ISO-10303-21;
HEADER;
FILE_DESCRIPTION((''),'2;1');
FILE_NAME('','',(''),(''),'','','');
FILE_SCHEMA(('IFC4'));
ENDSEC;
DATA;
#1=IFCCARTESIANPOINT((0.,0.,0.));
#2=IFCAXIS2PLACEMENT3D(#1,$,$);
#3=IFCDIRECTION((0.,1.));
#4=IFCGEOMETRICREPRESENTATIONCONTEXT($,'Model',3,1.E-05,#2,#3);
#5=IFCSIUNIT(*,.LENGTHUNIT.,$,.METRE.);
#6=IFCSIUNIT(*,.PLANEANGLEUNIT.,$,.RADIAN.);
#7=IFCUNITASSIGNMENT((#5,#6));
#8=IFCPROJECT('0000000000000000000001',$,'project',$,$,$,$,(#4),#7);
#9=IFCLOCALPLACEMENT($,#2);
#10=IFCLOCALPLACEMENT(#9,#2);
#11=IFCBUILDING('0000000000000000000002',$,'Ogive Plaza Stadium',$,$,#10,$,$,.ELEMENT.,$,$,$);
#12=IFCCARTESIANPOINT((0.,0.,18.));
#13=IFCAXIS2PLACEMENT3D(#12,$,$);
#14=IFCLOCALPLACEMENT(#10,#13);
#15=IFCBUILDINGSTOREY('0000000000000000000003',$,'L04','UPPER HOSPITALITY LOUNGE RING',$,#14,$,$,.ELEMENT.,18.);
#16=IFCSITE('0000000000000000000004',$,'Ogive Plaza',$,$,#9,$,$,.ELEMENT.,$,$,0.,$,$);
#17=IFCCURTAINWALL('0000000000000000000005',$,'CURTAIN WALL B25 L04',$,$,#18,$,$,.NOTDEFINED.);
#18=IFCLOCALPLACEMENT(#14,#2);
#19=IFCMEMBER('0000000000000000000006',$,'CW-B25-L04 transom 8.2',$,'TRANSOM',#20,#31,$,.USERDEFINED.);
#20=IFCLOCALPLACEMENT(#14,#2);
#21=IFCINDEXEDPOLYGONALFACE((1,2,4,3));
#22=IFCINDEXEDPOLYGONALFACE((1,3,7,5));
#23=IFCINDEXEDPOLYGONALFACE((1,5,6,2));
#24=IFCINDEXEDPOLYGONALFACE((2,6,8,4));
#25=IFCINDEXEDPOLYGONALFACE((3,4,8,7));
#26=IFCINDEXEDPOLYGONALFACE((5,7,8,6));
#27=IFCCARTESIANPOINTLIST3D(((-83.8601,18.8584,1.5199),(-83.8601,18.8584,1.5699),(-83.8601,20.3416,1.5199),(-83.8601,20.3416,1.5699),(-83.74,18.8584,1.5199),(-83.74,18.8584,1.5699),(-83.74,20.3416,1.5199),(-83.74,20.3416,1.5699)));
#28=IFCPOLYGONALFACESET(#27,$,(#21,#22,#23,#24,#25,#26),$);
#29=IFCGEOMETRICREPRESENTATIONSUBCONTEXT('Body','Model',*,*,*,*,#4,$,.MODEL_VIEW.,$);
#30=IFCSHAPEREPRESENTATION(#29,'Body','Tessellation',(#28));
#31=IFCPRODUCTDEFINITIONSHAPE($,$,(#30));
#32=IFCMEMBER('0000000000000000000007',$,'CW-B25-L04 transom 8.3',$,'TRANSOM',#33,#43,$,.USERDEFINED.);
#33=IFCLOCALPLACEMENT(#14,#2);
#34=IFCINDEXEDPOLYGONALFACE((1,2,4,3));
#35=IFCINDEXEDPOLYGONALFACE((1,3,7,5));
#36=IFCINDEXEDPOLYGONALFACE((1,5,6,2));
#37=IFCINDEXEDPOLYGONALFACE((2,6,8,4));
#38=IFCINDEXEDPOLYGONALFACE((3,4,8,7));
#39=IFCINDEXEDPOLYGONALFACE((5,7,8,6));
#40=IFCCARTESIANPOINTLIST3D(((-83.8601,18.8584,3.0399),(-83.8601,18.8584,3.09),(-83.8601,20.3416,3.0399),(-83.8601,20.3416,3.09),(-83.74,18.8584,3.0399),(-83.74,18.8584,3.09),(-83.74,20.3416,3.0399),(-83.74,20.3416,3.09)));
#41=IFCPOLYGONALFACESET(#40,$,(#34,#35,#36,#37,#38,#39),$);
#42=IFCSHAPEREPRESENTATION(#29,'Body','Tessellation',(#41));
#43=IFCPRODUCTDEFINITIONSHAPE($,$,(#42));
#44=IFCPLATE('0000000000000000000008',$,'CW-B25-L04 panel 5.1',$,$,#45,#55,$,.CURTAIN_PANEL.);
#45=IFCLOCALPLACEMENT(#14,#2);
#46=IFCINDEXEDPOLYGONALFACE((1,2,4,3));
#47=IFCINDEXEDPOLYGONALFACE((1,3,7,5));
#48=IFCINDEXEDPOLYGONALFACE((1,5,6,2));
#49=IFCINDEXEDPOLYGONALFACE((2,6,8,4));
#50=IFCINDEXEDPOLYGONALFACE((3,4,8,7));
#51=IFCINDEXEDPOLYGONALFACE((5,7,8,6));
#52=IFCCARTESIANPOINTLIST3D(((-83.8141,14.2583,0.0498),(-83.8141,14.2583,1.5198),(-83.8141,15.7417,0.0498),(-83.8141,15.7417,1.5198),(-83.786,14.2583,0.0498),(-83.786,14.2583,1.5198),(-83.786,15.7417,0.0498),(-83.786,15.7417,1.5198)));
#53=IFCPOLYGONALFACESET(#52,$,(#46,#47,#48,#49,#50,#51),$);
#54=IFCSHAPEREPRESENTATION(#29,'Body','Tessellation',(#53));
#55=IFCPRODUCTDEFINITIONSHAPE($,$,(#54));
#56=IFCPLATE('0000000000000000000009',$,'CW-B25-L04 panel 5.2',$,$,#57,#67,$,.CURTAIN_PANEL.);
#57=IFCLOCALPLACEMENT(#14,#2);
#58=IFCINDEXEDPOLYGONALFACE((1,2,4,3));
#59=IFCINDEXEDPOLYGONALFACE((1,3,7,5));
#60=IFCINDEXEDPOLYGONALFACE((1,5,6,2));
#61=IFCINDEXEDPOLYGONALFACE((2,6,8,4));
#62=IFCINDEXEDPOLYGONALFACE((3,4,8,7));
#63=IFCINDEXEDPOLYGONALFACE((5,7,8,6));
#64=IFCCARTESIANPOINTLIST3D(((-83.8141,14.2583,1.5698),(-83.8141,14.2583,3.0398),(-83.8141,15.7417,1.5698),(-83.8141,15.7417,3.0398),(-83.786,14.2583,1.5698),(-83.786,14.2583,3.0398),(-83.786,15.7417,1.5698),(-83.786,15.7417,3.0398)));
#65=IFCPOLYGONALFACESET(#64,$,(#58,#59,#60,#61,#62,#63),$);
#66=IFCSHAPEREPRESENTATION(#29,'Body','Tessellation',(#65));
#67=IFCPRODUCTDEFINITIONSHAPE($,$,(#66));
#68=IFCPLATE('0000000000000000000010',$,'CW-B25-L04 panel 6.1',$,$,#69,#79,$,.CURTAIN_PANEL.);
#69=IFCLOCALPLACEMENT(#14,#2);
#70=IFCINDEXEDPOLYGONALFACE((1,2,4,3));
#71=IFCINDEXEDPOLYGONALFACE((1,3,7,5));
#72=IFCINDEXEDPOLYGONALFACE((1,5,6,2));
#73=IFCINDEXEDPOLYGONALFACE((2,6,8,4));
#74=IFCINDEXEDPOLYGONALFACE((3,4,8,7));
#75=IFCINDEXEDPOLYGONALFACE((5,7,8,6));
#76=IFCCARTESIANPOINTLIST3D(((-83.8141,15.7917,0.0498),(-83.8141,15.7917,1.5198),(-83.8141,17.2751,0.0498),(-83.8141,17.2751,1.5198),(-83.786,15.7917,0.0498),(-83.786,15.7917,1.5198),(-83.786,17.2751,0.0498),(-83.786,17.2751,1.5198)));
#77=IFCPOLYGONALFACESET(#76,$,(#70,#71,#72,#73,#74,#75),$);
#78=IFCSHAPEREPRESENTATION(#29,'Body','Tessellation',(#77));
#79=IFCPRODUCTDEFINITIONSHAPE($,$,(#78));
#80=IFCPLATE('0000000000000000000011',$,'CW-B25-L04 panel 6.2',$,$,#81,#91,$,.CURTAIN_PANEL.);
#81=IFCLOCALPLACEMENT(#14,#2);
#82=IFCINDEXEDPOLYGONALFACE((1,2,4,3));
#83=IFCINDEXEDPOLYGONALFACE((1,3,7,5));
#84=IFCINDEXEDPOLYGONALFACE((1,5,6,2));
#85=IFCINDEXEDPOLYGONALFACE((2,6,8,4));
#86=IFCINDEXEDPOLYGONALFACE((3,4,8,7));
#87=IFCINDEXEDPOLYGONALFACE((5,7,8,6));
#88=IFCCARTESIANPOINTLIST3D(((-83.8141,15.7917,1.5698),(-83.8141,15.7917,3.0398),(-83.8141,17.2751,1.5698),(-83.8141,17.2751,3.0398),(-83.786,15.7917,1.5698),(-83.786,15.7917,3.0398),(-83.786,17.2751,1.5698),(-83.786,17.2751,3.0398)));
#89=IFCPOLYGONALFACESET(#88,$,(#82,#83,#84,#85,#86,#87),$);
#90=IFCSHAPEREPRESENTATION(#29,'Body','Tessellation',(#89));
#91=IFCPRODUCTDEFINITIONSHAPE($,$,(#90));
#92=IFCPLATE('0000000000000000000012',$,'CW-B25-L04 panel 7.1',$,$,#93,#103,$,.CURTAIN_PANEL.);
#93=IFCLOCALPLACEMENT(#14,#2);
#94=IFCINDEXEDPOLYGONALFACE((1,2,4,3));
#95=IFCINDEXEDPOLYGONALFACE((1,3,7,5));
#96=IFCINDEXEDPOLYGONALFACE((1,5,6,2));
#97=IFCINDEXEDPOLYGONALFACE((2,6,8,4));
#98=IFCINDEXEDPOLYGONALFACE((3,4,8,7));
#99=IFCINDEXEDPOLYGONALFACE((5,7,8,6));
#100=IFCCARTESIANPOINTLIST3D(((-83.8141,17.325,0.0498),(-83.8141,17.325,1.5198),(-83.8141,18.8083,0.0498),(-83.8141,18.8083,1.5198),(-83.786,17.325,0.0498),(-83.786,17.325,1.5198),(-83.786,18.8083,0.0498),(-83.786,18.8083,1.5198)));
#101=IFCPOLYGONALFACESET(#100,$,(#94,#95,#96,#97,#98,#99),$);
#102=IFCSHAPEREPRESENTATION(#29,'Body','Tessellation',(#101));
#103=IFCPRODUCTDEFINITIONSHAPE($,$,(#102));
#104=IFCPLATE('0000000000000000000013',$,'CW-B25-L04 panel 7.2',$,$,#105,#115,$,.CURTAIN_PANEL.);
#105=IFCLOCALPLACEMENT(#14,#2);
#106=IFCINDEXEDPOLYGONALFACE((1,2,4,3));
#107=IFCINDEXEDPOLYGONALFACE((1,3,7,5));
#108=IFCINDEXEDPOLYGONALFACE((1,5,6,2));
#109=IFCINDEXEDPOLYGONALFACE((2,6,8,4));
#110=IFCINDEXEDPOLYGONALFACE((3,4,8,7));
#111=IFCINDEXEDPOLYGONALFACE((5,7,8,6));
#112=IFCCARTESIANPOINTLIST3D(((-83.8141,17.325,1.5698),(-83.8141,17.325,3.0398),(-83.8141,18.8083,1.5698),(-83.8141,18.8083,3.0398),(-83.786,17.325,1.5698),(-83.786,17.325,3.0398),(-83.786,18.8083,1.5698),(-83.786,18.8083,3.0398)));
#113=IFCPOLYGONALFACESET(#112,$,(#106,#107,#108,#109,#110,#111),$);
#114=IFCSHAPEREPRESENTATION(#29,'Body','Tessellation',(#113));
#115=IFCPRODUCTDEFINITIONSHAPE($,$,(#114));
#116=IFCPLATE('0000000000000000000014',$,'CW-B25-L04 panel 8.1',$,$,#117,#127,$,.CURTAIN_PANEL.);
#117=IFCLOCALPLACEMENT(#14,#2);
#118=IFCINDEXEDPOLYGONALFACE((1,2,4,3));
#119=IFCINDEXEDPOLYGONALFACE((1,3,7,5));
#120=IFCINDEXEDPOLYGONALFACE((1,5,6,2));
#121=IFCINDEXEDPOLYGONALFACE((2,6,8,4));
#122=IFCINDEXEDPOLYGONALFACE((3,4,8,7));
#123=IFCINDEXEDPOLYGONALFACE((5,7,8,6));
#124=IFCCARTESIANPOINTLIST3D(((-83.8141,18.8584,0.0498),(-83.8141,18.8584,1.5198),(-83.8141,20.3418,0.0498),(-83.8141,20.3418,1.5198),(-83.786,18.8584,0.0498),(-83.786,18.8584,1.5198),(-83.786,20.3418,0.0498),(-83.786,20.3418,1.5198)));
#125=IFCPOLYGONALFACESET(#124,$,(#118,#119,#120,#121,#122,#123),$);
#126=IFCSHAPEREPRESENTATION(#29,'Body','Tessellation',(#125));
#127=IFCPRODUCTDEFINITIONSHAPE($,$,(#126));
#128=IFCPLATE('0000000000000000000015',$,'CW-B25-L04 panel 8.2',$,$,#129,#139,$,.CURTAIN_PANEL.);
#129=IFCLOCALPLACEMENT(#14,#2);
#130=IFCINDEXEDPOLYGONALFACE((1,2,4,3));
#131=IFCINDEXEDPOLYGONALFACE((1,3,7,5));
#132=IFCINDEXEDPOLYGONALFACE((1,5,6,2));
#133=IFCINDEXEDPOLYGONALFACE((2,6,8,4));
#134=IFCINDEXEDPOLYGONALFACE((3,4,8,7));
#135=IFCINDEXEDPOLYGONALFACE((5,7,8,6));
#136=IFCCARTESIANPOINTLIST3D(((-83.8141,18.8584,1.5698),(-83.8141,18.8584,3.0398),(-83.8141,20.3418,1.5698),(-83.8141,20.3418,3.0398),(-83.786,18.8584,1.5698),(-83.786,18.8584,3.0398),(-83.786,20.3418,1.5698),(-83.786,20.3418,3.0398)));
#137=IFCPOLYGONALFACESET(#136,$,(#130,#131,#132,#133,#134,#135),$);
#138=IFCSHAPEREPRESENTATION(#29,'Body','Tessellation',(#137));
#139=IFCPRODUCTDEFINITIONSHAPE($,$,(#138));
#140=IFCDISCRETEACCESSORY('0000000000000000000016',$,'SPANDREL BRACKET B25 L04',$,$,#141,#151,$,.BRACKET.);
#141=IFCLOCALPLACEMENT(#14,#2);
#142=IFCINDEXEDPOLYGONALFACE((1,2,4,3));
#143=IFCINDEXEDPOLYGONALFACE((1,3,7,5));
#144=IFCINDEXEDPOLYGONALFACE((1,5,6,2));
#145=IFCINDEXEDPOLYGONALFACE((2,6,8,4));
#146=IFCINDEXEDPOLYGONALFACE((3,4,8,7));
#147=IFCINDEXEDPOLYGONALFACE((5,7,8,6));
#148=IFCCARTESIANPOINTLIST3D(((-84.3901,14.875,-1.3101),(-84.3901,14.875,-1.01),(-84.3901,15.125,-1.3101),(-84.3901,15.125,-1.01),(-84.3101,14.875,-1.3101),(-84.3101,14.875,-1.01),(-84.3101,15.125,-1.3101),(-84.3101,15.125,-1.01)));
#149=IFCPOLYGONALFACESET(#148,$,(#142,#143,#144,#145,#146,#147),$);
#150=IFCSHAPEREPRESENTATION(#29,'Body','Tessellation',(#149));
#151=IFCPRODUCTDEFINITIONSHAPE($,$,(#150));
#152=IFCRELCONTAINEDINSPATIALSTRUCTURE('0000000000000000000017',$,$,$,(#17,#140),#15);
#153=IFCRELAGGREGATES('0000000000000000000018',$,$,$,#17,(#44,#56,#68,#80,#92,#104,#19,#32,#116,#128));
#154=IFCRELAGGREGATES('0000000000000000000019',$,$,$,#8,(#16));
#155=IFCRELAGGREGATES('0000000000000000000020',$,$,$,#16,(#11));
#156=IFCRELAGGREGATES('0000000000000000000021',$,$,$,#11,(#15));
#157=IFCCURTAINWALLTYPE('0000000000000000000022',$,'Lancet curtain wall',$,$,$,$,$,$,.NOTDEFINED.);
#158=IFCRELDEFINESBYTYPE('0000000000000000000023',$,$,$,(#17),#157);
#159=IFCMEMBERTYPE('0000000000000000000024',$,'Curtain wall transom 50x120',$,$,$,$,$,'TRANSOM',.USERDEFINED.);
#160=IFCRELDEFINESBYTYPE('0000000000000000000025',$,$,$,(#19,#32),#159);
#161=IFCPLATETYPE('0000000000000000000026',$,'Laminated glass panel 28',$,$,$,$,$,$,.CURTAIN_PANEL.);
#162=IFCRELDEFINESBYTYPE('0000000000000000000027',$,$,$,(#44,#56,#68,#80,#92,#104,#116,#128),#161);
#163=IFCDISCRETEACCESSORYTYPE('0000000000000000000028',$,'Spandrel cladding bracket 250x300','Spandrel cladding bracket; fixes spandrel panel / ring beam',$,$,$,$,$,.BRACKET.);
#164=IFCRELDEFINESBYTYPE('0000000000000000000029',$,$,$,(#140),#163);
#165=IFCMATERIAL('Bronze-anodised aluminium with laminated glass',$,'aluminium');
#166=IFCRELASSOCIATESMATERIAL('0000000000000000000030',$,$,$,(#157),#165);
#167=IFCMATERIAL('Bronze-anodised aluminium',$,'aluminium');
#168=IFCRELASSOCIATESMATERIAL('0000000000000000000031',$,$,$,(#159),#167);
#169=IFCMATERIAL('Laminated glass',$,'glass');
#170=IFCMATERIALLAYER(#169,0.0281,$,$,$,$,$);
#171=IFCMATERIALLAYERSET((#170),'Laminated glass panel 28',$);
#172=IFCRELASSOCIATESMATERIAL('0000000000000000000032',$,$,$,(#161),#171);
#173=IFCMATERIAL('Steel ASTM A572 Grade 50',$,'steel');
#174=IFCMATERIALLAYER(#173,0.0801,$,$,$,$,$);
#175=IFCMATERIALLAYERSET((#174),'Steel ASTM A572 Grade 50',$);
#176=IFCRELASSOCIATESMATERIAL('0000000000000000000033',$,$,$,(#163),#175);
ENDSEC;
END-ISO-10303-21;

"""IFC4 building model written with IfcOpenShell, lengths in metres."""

from ifc_helpers import new_model, si_unit, direction, frame, origin, origin_2d, place, context, subcontext, project, spatial, rectangle, extrude, material, layer, layer_set, material_profile, profile_set, type_object, element, aggregate, save


model = new_model("IFC4")

# Units and contexts
model_context = context("Model", 3, precision=1e-05, world=origin(), true_north=direction((0.0, 1.0)))
body_context = subcontext(model_context, "Body", "Model", "MODEL_VIEW")
ifc_project = project(units=[si_unit("LENGTHUNIT", "METRE"), si_unit("PLANEANGLEUNIT", "RADIAN")], contexts=[model_context])

# Site, building, storey
site_placement = place(None, origin())
site = spatial("IfcSite", under=ifc_project, at=site_placement, Name="Ogive Plaza", CompositionType="ELEMENT", RefElevation=0.0)
building_placement = place(site_placement, origin())
building = spatial("IfcBuilding", under=site, at=building_placement, Name="Ogive Plaza Stadium", CompositionType="ELEMENT")
storey_placement = place(building_placement, frame((0.0, 0.0, 18.0)))
storey = spatial("IfcBuildingStorey", under=building, at=storey_placement, Name="L04", Description="UPPER HOSPITALITY LOUNGE RING", CompositionType="ELEMENT", Elevation=18.0)

# Curtain wall, members, plates
ifc_material_1 = material(Name="Bronze-anodised aluminium with laminated glass", Category="aluminium")
curtain_wall_type = type_object("IfcCurtainWallType", Name="Lancet curtain wall", PredefinedType="NOTDEFINED", material=ifc_material_1)
curtain_wall_placement = place(storey_placement, origin())
curtain_wall = element("IfcCurtainWall", 1, at=curtain_wall_placement, inside=storey, type_object=curtain_wall_type, Name="CURTAIN WALL B25 L04", PredefinedType="NOTDEFINED")
ifc_material_2 = material(Name="Bronze-anodised aluminium", Category="aluminium")
ifc_material_profile_1 = material_profile(ifc_material_2, rectangle(XDim=0.1201, YDim=0.05, at=origin_2d()), Name="AL 120x50")
ifc_profile_set_1 = profile_set([ifc_material_profile_1], Name="Bronze-anodised aluminium")
member_type_1 = type_object("IfcMemberType", Name="Curtain wall transom 50x120", ElementType="TRANSOM", PredefinedType="USERDEFINED", material=ifc_profile_set_1)
member_1_placement = place(storey_placement, frame((-83.8, 18.8584, 1.5449), z_axis=(0.0, 1.0, 0.0), x_axis=(-1.0, 0.0, 0.0)))
member_1 = element("IfcMember", 2, at=member_1_placement, type_object=member_type_1, Name="CW-B25-L04 transom 8.2", ObjectType="TRANSOM", PredefinedType="USERDEFINED", context=body_context, shape_type="SweptSolid", body=[
    extrude(rectangle(XDim=0.1201, YDim=0.05, at=origin_2d()), origin(), (0.0, 0.0, 1.0), 1.4832),
])
member_2_placement = place(storey_placement, frame((-83.8, 18.8584, 3.0649), z_axis=(0.0, 1.0, 0.0), x_axis=(-1.0, 0.0, 0.0)))
member_2 = element("IfcMember", 3, at=member_2_placement, type_object=member_type_1, Name="CW-B25-L04 transom 8.3", ObjectType="TRANSOM", PredefinedType="USERDEFINED", context=body_context, shape_type="SweptSolid", body=[
    extrude(rectangle(XDim=0.1201, YDim=0.05, at=origin_2d()), origin(), (0.0, 0.0, 1.0), 1.4832),
])
ifc_material_3 = material(Name="Laminated glass", Category="glass")
ifc_layer_1 = layer(ifc_material_3, 0.0281)
ifc_layer_set_1 = layer_set([ifc_layer_1], Name="Laminated glass panel 28")
plate_type = type_object("IfcPlateType", Name="Laminated glass panel 28", PredefinedType="CURTAIN_PANEL", material=ifc_layer_set_1)
plate_1_placement = place(storey_placement, frame((-83.8, 15.0, 0.0498), z_axis=(0.0, 0.0, 1.0), x_axis=(0.0, 1.0, 0.0)))
plate_1 = element("IfcPlate", 4, at=plate_1_placement, type_object=plate_type, Name="CW-B25-L04 panel 5.1", PredefinedType="CURTAIN_PANEL", context=body_context, shape_type="SweptSolid", body=[
    extrude(rectangle(XDim=1.4834, YDim=0.0281, at=origin_2d()), origin(), (0.0, 0.0, 1.0), 1.47),
])
plate_2_placement = place(storey_placement, frame((-83.8, 15.0, 1.5698), z_axis=(0.0, 0.0, 1.0), x_axis=(0.0, 1.0, 0.0)))
plate_2 = element("IfcPlate", 5, at=plate_2_placement, type_object=plate_type, Name="CW-B25-L04 panel 5.2", PredefinedType="CURTAIN_PANEL", context=body_context, shape_type="SweptSolid", body=[
    extrude(rectangle(XDim=1.4834, YDim=0.0281, at=origin_2d()), origin(), (0.0, 0.0, 1.0), 1.47),
])
plate_3_placement = place(storey_placement, frame((-83.8, 16.5334, 0.0498), z_axis=(0.0, 0.0, 1.0), x_axis=(0.0, 1.0, 0.0)))
plate_3 = element("IfcPlate", 6, at=plate_3_placement, type_object=plate_type, Name="CW-B25-L04 panel 6.1", PredefinedType="CURTAIN_PANEL", context=body_context, shape_type="SweptSolid", body=[
    extrude(rectangle(XDim=1.4834, YDim=0.0281, at=origin_2d()), origin(), (0.0, 0.0, 1.0), 1.47),
])
plate_4_placement = place(storey_placement, frame((-83.8, 16.5334, 1.5698), z_axis=(0.0, 0.0, 1.0), x_axis=(0.0, 1.0, 0.0)))
plate_4 = element("IfcPlate", 7, at=plate_4_placement, type_object=plate_type, Name="CW-B25-L04 panel 6.2", PredefinedType="CURTAIN_PANEL", context=body_context, shape_type="SweptSolid", body=[
    extrude(rectangle(XDim=1.4834, YDim=0.0281, at=origin_2d()), origin(), (0.0, 0.0, 1.0), 1.47),
])
plate_5_placement = place(storey_placement, frame((-83.8, 18.0667, 0.0498), z_axis=(0.0, 0.0, 1.0), x_axis=(0.0, 1.0, 0.0)))
plate_5 = element("IfcPlate", 8, at=plate_5_placement, type_object=plate_type, Name="CW-B25-L04 panel 7.1", PredefinedType="CURTAIN_PANEL", context=body_context, shape_type="SweptSolid", body=[
    extrude(rectangle(XDim=1.4834, YDim=0.0281, at=origin_2d()), origin(), (0.0, 0.0, 1.0), 1.47),
])
plate_6_placement = place(storey_placement, frame((-83.8, 18.0667, 1.5698), z_axis=(0.0, 0.0, 1.0), x_axis=(0.0, 1.0, 0.0)))
plate_6 = element("IfcPlate", 9, at=plate_6_placement, type_object=plate_type, Name="CW-B25-L04 panel 7.2", PredefinedType="CURTAIN_PANEL", context=body_context, shape_type="SweptSolid", body=[
    extrude(rectangle(XDim=1.4834, YDim=0.0281, at=origin_2d()), origin(), (0.0, 0.0, 1.0), 1.47),
])
plate_7_placement = place(storey_placement, frame((-83.8, 19.6001, 0.0498), z_axis=(0.0, 0.0, 1.0), x_axis=(0.0, 1.0, 0.0)))
plate_7 = element("IfcPlate", 10, at=plate_7_placement, type_object=plate_type, Name="CW-B25-L04 panel 8.1", PredefinedType="CURTAIN_PANEL", context=body_context, shape_type="SweptSolid", body=[
    extrude(rectangle(XDim=1.4834, YDim=0.0281, at=origin_2d()), origin(), (0.0, 0.0, 1.0), 1.47),
])
plate_8_placement = place(storey_placement, frame((-83.8, 19.6001, 1.5698), z_axis=(0.0, 0.0, 1.0), x_axis=(0.0, 1.0, 0.0)))
plate_8 = element("IfcPlate", 11, at=plate_8_placement, type_object=plate_type, Name="CW-B25-L04 panel 8.2", PredefinedType="CURTAIN_PANEL", context=body_context, shape_type="SweptSolid", body=[
    extrude(rectangle(XDim=1.4834, YDim=0.0281, at=origin_2d()), origin(), (0.0, 0.0, 1.0), 1.47),
])
aggregate(curtain_wall, [plate_1, plate_2, plate_3, plate_4, plate_5, plate_6, member_1, member_2, plate_7, plate_8])

# Discrete accessory
ifc_material_4 = material(Name="Steel ASTM A572 Grade 50", Category="steel")
ifc_layer_2 = layer(ifc_material_4, 0.0801)
ifc_layer_set_2 = layer_set([ifc_layer_2], Name="Steel ASTM A572 Grade 50")
discrete_accessory_type = type_object("IfcDiscreteAccessoryType", Name="Spandrel cladding bracket 250x300", Description="Spandrel cladding bracket; fixes spandrel panel / ring beam", PredefinedType="BRACKET", material=ifc_layer_set_2)
discrete_accessory_placement = place(storey_placement, frame((-84.3501, 15.0, -1.3101), z_axis=(0.0, 0.0, 1.0), x_axis=(0.0, 1.0, 0.0)))
element("IfcDiscreteAccessory", 12, at=discrete_accessory_placement, inside=storey, type_object=discrete_accessory_type, Name="SPANDREL BRACKET B25 L04", PredefinedType="BRACKET", context=body_context, shape_type="SweptSolid", body=[
    extrude(rectangle(XDim=0.25, YDim=0.0801, at=origin_2d()), origin(), (0.0, 0.0, 1.0), 0.3),
])

save(model, "model.ifc")
